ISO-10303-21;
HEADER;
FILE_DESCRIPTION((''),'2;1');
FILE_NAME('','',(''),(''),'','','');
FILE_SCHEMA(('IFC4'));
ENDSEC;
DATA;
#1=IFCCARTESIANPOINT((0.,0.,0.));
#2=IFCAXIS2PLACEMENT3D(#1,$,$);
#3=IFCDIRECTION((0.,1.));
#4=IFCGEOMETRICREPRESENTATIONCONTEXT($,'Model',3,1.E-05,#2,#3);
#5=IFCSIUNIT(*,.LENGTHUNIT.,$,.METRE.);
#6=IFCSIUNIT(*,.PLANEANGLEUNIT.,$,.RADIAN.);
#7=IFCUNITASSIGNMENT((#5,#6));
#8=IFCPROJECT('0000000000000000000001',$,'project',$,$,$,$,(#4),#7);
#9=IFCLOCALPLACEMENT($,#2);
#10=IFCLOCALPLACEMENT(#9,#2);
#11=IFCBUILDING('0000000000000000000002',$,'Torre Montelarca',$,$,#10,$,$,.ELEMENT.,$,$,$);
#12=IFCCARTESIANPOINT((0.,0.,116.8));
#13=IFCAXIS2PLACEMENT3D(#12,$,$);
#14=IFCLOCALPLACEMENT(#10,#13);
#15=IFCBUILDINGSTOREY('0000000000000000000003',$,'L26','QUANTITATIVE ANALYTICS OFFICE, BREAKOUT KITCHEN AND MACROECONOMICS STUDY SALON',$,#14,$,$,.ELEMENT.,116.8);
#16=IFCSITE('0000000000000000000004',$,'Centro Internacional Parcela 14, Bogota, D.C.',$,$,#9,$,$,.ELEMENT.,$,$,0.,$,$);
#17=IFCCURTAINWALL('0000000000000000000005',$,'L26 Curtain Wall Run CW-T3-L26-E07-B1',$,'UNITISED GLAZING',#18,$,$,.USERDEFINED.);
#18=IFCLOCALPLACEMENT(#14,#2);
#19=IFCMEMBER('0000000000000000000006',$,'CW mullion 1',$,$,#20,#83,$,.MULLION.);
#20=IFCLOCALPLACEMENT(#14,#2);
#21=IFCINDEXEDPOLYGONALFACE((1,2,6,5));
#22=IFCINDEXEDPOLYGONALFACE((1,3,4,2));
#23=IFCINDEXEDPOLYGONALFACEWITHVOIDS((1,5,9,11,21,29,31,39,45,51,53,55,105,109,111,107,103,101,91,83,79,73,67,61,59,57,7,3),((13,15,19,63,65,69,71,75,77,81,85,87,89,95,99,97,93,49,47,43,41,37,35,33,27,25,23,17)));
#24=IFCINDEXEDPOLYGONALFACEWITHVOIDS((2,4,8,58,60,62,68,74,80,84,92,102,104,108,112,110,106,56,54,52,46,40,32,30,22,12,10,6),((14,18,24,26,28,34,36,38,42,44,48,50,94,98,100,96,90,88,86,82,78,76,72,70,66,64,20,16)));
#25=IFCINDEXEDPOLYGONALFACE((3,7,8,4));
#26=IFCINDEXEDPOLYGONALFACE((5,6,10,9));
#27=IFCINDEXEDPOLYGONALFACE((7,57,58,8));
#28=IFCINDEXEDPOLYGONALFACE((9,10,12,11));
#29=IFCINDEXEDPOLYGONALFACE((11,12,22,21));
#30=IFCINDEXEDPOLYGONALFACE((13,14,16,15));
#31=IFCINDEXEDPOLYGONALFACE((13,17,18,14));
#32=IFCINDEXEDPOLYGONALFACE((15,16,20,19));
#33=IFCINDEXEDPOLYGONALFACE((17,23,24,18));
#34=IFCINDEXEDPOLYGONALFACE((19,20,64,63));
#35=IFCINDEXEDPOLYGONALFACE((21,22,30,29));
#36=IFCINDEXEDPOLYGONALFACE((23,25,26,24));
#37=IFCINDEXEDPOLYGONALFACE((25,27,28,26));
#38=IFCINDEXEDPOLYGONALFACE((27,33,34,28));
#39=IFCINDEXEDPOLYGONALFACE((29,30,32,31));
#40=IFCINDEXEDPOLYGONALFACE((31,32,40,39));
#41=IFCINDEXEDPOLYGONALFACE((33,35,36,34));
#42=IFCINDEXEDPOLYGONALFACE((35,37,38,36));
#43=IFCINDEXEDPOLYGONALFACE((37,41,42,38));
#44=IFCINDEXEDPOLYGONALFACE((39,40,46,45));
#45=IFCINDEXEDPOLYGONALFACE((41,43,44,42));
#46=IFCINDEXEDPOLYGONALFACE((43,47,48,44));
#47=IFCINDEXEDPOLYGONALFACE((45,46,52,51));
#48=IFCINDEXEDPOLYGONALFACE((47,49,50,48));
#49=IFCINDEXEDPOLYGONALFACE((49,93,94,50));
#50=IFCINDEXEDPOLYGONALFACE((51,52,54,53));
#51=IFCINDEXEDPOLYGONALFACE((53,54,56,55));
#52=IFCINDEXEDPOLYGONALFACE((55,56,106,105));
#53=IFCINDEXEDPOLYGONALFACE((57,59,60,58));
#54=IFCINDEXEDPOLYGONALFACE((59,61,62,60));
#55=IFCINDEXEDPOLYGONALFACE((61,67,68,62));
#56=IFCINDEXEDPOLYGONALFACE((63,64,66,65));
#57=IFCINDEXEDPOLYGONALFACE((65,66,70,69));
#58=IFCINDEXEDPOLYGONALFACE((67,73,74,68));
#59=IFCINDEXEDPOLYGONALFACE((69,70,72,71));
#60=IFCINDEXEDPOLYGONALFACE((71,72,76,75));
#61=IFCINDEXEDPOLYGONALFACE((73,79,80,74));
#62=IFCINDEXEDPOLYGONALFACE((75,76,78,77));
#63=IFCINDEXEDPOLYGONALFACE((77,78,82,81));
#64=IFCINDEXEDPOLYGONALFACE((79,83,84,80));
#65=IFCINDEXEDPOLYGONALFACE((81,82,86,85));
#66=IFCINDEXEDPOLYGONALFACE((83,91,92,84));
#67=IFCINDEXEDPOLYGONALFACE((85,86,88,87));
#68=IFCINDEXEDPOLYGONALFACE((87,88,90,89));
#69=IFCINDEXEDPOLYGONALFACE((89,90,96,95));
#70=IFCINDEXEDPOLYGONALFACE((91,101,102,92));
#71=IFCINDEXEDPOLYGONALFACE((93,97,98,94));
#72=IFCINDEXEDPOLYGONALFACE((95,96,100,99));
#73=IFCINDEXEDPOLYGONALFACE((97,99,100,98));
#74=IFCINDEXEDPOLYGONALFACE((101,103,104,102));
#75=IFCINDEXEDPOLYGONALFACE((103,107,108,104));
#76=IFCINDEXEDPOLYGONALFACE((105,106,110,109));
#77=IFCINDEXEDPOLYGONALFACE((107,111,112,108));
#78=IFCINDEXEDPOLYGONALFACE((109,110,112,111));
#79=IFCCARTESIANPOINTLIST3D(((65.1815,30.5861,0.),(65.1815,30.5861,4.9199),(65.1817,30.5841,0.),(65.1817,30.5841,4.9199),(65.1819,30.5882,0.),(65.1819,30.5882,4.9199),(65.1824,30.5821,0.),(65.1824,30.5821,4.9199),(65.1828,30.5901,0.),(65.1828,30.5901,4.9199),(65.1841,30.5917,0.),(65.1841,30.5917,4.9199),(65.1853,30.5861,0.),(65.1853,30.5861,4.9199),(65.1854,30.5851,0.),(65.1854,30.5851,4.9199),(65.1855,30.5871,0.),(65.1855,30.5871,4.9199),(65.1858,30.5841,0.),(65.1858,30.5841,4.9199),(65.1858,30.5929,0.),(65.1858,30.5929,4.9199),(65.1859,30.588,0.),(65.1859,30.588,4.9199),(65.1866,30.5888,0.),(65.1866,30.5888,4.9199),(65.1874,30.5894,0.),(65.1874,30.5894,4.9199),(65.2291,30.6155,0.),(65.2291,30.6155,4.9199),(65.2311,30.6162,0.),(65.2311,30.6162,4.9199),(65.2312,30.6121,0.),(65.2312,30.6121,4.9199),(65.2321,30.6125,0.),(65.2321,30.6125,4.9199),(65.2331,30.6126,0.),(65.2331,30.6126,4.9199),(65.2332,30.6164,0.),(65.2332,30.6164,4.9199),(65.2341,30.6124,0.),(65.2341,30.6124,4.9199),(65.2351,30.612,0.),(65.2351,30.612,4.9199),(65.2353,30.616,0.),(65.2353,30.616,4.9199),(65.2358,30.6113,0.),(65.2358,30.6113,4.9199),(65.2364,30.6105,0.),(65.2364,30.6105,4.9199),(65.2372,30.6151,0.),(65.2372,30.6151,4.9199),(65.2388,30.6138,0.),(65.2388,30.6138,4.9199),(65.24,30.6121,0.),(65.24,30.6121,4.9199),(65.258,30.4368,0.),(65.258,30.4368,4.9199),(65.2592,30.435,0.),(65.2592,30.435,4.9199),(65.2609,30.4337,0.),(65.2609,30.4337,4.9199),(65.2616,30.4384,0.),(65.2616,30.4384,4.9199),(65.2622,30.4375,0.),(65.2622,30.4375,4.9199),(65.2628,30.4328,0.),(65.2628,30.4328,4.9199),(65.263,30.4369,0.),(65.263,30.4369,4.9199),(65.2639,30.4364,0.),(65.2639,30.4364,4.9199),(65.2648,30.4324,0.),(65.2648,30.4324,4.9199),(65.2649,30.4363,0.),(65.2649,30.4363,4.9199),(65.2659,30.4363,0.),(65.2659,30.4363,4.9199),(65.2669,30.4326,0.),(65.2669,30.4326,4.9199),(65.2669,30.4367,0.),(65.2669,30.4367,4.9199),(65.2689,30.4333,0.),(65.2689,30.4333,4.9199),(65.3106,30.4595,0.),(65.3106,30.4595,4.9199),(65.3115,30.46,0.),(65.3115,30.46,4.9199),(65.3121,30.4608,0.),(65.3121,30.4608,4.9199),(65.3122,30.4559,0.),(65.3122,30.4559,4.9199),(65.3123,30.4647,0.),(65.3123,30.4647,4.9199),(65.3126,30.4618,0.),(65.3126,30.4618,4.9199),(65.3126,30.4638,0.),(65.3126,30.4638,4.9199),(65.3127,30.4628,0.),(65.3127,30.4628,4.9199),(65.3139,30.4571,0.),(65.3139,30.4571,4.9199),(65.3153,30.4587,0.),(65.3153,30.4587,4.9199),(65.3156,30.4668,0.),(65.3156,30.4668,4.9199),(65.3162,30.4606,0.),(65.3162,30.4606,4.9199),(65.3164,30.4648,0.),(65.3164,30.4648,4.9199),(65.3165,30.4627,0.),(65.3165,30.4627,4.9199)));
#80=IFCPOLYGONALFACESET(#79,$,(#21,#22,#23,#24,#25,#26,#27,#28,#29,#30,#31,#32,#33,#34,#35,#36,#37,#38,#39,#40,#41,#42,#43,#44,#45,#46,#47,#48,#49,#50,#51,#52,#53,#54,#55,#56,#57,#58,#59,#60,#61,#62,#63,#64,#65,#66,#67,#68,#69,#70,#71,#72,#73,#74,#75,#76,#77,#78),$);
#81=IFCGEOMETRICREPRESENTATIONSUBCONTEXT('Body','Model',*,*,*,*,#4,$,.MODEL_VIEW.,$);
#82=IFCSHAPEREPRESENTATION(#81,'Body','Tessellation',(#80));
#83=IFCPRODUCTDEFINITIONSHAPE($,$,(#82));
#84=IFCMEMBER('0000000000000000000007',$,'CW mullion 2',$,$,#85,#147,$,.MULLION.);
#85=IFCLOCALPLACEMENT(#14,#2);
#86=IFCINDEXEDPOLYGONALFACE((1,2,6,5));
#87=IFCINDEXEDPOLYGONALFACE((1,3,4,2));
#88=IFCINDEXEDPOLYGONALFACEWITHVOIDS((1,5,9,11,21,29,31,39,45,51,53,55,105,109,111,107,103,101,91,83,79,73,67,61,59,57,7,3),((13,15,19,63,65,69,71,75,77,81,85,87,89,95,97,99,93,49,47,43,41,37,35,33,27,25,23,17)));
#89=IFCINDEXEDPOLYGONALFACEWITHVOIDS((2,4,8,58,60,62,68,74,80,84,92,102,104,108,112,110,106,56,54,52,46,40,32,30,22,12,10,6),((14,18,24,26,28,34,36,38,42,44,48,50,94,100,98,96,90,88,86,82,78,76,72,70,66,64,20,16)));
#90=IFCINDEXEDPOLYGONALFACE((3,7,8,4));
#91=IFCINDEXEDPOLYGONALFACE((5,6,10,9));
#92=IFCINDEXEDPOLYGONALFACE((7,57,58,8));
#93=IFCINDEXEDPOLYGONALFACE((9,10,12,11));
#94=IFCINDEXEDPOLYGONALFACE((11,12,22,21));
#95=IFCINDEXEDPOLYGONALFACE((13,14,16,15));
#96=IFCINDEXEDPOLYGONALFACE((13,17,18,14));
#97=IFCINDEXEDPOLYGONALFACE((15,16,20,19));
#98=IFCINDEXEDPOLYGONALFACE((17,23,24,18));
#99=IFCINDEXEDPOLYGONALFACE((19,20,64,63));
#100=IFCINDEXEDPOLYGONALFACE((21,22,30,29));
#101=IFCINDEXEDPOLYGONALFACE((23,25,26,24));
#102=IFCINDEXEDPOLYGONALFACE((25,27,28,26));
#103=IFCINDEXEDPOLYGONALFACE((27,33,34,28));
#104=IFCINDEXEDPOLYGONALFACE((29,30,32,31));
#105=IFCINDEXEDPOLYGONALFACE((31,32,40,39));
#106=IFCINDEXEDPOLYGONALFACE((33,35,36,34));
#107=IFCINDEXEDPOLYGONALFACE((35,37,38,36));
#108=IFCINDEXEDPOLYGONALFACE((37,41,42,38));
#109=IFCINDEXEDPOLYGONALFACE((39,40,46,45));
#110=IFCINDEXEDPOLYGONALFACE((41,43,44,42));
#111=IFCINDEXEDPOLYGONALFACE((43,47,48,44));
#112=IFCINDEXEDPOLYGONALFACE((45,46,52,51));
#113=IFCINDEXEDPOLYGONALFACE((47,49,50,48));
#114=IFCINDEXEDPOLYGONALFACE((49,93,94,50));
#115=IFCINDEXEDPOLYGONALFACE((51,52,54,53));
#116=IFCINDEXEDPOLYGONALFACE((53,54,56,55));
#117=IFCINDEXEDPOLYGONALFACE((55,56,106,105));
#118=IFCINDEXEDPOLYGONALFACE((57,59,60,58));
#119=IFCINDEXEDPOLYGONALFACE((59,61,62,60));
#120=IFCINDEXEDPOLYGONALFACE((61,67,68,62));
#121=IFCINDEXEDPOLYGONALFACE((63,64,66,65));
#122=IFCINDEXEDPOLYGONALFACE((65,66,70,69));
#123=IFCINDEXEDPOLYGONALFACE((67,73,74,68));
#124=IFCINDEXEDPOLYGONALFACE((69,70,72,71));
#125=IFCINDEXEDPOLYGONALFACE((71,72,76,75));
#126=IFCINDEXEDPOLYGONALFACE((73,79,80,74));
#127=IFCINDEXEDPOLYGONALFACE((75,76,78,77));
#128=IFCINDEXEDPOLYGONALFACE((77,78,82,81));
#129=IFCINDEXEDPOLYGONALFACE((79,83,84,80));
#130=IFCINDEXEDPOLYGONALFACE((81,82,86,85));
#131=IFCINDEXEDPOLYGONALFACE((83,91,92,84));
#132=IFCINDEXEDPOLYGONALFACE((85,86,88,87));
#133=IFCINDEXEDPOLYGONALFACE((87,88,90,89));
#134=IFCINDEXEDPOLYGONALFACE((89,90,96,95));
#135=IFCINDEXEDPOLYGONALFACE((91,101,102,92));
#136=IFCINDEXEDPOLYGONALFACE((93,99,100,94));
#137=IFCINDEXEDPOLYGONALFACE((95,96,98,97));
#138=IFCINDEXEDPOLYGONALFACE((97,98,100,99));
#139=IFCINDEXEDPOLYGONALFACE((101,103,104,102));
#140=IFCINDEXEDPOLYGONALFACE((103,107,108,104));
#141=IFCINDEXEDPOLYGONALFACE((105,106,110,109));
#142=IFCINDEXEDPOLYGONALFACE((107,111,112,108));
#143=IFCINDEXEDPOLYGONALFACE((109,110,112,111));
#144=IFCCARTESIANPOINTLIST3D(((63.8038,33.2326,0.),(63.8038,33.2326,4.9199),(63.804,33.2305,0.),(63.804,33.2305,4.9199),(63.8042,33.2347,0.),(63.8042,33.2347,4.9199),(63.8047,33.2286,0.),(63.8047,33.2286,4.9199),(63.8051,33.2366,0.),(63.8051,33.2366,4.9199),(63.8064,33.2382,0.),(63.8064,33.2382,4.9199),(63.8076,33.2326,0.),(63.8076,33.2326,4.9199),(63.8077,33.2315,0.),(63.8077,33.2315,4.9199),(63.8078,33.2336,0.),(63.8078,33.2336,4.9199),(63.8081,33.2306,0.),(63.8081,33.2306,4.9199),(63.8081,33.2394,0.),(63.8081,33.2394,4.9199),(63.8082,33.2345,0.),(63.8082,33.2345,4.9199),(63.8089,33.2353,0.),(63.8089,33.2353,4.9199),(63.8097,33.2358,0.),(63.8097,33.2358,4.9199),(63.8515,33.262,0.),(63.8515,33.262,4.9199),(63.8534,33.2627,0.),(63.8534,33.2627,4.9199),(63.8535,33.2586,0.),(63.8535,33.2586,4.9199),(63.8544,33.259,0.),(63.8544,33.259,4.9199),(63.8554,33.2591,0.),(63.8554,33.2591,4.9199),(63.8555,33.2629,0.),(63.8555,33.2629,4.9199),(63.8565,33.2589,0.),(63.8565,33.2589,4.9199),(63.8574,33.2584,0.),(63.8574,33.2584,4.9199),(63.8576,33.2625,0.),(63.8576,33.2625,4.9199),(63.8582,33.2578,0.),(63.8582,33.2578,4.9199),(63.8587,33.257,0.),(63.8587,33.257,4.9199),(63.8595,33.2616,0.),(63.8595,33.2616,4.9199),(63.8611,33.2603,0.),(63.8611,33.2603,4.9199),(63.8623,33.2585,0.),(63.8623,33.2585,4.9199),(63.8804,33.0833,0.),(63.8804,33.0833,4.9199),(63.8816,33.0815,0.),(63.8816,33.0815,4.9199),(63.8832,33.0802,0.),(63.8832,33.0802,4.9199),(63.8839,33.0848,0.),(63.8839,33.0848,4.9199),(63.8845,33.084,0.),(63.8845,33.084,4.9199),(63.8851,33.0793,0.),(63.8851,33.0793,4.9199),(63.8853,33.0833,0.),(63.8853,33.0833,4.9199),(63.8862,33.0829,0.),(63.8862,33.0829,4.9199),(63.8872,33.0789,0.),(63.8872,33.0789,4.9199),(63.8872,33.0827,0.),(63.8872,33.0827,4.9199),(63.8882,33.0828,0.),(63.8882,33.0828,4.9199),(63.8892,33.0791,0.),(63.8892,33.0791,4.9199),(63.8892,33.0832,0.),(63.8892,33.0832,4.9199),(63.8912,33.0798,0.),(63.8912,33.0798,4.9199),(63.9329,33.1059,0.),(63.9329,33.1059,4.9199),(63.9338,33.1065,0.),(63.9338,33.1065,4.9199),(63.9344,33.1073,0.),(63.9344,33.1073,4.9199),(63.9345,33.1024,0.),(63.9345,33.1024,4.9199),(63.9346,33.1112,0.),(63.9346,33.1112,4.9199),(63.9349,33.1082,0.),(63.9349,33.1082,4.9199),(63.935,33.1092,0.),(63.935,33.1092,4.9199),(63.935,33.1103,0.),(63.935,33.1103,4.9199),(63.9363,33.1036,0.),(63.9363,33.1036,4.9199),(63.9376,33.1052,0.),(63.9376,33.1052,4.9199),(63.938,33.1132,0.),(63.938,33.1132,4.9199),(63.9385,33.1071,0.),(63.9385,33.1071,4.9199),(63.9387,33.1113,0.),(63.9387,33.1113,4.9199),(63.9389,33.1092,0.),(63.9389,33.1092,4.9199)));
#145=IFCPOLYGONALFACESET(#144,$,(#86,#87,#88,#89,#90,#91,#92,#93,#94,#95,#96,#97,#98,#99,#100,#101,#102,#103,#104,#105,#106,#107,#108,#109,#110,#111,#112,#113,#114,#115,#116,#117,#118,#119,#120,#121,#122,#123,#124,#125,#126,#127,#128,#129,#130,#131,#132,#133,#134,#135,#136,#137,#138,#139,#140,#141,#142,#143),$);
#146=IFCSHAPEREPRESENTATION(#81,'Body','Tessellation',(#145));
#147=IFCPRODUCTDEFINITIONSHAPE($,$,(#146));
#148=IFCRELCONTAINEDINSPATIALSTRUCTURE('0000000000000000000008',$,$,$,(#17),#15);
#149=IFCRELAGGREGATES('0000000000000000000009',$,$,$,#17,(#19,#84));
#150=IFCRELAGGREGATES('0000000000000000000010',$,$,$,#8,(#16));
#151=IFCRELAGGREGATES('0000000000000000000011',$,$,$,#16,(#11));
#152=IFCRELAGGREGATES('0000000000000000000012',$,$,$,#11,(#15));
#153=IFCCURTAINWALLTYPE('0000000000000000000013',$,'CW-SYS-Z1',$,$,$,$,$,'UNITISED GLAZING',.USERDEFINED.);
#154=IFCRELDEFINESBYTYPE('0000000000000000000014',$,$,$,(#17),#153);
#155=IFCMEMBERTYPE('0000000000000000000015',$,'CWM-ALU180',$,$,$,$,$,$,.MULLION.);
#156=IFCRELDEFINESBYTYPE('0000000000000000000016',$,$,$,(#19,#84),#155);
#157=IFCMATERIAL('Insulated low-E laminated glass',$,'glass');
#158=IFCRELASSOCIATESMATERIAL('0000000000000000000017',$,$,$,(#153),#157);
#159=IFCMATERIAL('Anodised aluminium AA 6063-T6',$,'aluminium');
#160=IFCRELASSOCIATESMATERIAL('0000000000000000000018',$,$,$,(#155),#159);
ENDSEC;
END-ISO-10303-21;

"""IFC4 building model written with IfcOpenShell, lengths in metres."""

from ifc_helpers import new_model, si_unit, direction, frame, origin, origin_2d, place, context, subcontext, project, spatial, hollow_rectangle, extrude, source, transform, mapped, material, material_profile, profile_set, type_object, element, aggregate, save


model = new_model("IFC4")

# Units and contexts
model_context = context("Model", 3, precision=1e-05, world=origin(), true_north=direction((0.0, 1.0)))
body_context = subcontext(model_context, "Body", "Model", "MODEL_VIEW")
ifc_project = project(units=[si_unit("LENGTHUNIT", "METRE"), si_unit("PLANEANGLEUNIT", "RADIAN")], contexts=[model_context])

# Site, building, storey
site_placement = place(None, origin())
site = spatial("IfcSite", under=ifc_project, at=site_placement, Name="Centro Internacional Parcela 14, Bogota, D.C.", CompositionType="ELEMENT", RefElevation=0.0)
building_placement = place(site_placement, origin())
building = spatial("IfcBuilding", under=site, at=building_placement, Name="Torre Montelarca", CompositionType="ELEMENT")
storey_placement = place(building_placement, frame((0.0, 0.0, 116.8)))
storey = spatial("IfcBuildingStorey", under=building, at=storey_placement, Name="L26", Description="QUANTITATIVE ANALYTICS OFFICE, BREAKOUT KITCHEN AND MACROECONOMICS STUDY SALON", CompositionType="ELEMENT", Elevation=116.8)

# Curtain wall
ifc_material_1 = material(Name="Insulated low-E laminated glass", Category="glass")
curtain_wall_type = type_object("IfcCurtainWallType", Name="CW-SYS-Z1", ElementType="UNITISED GLAZING", PredefinedType="USERDEFINED", material=ifc_material_1)
curtain_wall_1_placement = place(storey_placement, origin())
curtain_wall_1 = element("IfcCurtainWall", 1, at=curtain_wall_1_placement, inside=storey, type_object=curtain_wall_type, Name="L26 Curtain Wall Run CW-T3-L26-E07-B1", ObjectType="UNITISED GLAZING", PredefinedType="USERDEFINED")
ifc_material_2 = material(Name="Anodised aluminium AA 6063-T6", Category="aluminium")

# Members
ifc_material_profile_1 = material_profile(ifc_material_2, hollow_rectangle(XDim=0.0649, YDim=0.1799, WallThickness=0.0039, InnerFilletRadius=0.0039, OuterFilletRadius=0.0081, at=origin_2d()), Name="ALU65X180X4", Category="aluminium")
ifc_profile_set_1 = profile_set([ifc_material_profile_1], Name="Anodised aluminium AA 6063-T6")
member_type_1 = type_object("IfcMemberType", Name="CWM-ALU180", PredefinedType="MULLION", material=ifc_profile_set_1)
shared_shape_1 = source(origin(), body_context, "Body", "SweptSolid", [
    extrude(hollow_rectangle(XDim=0.0649, YDim=0.1799, WallThickness=0.0039, InnerFilletRadius=0.0039, OuterFilletRadius=0.0081, at=origin_2d()), origin(), (0.0, 0.0, 1.0), 4.9199),
])
member_1_placement = place(storey_placement, frame((65.249, 30.5244, 0.0), z_axis=(0.0, 0.0, 1.0), x_axis=(-0.887014, -0.461742, 0.0)))
member_1 = element("IfcMember", 2, at=member_1_placement, type_object=member_type_1, Name="CW mullion 1", PredefinedType="MULLION", context=body_context, shape_type="MappedRepresentation", body=[
    mapped(shared_shape_1, transform((0.0, 0.0, 0.0), scale=1.0)),
])
member_2_placement = place(storey_placement, frame((63.8713, 33.1709, 0.0), z_axis=(0.0, 0.0, 1.0), x_axis=(-0.887014, -0.461742, 0.0)))
member_2 = element("IfcMember", 3, at=member_2_placement, type_object=member_type_1, Name="CW mullion 2", PredefinedType="MULLION", context=body_context, shape_type="MappedRepresentation", body=[
    mapped(shared_shape_1, transform((0.0, 0.0, 0.0), scale=1.0)),
])

aggregate(curtain_wall_1, [member_1, member_2])

save(model, "model.ifc")
